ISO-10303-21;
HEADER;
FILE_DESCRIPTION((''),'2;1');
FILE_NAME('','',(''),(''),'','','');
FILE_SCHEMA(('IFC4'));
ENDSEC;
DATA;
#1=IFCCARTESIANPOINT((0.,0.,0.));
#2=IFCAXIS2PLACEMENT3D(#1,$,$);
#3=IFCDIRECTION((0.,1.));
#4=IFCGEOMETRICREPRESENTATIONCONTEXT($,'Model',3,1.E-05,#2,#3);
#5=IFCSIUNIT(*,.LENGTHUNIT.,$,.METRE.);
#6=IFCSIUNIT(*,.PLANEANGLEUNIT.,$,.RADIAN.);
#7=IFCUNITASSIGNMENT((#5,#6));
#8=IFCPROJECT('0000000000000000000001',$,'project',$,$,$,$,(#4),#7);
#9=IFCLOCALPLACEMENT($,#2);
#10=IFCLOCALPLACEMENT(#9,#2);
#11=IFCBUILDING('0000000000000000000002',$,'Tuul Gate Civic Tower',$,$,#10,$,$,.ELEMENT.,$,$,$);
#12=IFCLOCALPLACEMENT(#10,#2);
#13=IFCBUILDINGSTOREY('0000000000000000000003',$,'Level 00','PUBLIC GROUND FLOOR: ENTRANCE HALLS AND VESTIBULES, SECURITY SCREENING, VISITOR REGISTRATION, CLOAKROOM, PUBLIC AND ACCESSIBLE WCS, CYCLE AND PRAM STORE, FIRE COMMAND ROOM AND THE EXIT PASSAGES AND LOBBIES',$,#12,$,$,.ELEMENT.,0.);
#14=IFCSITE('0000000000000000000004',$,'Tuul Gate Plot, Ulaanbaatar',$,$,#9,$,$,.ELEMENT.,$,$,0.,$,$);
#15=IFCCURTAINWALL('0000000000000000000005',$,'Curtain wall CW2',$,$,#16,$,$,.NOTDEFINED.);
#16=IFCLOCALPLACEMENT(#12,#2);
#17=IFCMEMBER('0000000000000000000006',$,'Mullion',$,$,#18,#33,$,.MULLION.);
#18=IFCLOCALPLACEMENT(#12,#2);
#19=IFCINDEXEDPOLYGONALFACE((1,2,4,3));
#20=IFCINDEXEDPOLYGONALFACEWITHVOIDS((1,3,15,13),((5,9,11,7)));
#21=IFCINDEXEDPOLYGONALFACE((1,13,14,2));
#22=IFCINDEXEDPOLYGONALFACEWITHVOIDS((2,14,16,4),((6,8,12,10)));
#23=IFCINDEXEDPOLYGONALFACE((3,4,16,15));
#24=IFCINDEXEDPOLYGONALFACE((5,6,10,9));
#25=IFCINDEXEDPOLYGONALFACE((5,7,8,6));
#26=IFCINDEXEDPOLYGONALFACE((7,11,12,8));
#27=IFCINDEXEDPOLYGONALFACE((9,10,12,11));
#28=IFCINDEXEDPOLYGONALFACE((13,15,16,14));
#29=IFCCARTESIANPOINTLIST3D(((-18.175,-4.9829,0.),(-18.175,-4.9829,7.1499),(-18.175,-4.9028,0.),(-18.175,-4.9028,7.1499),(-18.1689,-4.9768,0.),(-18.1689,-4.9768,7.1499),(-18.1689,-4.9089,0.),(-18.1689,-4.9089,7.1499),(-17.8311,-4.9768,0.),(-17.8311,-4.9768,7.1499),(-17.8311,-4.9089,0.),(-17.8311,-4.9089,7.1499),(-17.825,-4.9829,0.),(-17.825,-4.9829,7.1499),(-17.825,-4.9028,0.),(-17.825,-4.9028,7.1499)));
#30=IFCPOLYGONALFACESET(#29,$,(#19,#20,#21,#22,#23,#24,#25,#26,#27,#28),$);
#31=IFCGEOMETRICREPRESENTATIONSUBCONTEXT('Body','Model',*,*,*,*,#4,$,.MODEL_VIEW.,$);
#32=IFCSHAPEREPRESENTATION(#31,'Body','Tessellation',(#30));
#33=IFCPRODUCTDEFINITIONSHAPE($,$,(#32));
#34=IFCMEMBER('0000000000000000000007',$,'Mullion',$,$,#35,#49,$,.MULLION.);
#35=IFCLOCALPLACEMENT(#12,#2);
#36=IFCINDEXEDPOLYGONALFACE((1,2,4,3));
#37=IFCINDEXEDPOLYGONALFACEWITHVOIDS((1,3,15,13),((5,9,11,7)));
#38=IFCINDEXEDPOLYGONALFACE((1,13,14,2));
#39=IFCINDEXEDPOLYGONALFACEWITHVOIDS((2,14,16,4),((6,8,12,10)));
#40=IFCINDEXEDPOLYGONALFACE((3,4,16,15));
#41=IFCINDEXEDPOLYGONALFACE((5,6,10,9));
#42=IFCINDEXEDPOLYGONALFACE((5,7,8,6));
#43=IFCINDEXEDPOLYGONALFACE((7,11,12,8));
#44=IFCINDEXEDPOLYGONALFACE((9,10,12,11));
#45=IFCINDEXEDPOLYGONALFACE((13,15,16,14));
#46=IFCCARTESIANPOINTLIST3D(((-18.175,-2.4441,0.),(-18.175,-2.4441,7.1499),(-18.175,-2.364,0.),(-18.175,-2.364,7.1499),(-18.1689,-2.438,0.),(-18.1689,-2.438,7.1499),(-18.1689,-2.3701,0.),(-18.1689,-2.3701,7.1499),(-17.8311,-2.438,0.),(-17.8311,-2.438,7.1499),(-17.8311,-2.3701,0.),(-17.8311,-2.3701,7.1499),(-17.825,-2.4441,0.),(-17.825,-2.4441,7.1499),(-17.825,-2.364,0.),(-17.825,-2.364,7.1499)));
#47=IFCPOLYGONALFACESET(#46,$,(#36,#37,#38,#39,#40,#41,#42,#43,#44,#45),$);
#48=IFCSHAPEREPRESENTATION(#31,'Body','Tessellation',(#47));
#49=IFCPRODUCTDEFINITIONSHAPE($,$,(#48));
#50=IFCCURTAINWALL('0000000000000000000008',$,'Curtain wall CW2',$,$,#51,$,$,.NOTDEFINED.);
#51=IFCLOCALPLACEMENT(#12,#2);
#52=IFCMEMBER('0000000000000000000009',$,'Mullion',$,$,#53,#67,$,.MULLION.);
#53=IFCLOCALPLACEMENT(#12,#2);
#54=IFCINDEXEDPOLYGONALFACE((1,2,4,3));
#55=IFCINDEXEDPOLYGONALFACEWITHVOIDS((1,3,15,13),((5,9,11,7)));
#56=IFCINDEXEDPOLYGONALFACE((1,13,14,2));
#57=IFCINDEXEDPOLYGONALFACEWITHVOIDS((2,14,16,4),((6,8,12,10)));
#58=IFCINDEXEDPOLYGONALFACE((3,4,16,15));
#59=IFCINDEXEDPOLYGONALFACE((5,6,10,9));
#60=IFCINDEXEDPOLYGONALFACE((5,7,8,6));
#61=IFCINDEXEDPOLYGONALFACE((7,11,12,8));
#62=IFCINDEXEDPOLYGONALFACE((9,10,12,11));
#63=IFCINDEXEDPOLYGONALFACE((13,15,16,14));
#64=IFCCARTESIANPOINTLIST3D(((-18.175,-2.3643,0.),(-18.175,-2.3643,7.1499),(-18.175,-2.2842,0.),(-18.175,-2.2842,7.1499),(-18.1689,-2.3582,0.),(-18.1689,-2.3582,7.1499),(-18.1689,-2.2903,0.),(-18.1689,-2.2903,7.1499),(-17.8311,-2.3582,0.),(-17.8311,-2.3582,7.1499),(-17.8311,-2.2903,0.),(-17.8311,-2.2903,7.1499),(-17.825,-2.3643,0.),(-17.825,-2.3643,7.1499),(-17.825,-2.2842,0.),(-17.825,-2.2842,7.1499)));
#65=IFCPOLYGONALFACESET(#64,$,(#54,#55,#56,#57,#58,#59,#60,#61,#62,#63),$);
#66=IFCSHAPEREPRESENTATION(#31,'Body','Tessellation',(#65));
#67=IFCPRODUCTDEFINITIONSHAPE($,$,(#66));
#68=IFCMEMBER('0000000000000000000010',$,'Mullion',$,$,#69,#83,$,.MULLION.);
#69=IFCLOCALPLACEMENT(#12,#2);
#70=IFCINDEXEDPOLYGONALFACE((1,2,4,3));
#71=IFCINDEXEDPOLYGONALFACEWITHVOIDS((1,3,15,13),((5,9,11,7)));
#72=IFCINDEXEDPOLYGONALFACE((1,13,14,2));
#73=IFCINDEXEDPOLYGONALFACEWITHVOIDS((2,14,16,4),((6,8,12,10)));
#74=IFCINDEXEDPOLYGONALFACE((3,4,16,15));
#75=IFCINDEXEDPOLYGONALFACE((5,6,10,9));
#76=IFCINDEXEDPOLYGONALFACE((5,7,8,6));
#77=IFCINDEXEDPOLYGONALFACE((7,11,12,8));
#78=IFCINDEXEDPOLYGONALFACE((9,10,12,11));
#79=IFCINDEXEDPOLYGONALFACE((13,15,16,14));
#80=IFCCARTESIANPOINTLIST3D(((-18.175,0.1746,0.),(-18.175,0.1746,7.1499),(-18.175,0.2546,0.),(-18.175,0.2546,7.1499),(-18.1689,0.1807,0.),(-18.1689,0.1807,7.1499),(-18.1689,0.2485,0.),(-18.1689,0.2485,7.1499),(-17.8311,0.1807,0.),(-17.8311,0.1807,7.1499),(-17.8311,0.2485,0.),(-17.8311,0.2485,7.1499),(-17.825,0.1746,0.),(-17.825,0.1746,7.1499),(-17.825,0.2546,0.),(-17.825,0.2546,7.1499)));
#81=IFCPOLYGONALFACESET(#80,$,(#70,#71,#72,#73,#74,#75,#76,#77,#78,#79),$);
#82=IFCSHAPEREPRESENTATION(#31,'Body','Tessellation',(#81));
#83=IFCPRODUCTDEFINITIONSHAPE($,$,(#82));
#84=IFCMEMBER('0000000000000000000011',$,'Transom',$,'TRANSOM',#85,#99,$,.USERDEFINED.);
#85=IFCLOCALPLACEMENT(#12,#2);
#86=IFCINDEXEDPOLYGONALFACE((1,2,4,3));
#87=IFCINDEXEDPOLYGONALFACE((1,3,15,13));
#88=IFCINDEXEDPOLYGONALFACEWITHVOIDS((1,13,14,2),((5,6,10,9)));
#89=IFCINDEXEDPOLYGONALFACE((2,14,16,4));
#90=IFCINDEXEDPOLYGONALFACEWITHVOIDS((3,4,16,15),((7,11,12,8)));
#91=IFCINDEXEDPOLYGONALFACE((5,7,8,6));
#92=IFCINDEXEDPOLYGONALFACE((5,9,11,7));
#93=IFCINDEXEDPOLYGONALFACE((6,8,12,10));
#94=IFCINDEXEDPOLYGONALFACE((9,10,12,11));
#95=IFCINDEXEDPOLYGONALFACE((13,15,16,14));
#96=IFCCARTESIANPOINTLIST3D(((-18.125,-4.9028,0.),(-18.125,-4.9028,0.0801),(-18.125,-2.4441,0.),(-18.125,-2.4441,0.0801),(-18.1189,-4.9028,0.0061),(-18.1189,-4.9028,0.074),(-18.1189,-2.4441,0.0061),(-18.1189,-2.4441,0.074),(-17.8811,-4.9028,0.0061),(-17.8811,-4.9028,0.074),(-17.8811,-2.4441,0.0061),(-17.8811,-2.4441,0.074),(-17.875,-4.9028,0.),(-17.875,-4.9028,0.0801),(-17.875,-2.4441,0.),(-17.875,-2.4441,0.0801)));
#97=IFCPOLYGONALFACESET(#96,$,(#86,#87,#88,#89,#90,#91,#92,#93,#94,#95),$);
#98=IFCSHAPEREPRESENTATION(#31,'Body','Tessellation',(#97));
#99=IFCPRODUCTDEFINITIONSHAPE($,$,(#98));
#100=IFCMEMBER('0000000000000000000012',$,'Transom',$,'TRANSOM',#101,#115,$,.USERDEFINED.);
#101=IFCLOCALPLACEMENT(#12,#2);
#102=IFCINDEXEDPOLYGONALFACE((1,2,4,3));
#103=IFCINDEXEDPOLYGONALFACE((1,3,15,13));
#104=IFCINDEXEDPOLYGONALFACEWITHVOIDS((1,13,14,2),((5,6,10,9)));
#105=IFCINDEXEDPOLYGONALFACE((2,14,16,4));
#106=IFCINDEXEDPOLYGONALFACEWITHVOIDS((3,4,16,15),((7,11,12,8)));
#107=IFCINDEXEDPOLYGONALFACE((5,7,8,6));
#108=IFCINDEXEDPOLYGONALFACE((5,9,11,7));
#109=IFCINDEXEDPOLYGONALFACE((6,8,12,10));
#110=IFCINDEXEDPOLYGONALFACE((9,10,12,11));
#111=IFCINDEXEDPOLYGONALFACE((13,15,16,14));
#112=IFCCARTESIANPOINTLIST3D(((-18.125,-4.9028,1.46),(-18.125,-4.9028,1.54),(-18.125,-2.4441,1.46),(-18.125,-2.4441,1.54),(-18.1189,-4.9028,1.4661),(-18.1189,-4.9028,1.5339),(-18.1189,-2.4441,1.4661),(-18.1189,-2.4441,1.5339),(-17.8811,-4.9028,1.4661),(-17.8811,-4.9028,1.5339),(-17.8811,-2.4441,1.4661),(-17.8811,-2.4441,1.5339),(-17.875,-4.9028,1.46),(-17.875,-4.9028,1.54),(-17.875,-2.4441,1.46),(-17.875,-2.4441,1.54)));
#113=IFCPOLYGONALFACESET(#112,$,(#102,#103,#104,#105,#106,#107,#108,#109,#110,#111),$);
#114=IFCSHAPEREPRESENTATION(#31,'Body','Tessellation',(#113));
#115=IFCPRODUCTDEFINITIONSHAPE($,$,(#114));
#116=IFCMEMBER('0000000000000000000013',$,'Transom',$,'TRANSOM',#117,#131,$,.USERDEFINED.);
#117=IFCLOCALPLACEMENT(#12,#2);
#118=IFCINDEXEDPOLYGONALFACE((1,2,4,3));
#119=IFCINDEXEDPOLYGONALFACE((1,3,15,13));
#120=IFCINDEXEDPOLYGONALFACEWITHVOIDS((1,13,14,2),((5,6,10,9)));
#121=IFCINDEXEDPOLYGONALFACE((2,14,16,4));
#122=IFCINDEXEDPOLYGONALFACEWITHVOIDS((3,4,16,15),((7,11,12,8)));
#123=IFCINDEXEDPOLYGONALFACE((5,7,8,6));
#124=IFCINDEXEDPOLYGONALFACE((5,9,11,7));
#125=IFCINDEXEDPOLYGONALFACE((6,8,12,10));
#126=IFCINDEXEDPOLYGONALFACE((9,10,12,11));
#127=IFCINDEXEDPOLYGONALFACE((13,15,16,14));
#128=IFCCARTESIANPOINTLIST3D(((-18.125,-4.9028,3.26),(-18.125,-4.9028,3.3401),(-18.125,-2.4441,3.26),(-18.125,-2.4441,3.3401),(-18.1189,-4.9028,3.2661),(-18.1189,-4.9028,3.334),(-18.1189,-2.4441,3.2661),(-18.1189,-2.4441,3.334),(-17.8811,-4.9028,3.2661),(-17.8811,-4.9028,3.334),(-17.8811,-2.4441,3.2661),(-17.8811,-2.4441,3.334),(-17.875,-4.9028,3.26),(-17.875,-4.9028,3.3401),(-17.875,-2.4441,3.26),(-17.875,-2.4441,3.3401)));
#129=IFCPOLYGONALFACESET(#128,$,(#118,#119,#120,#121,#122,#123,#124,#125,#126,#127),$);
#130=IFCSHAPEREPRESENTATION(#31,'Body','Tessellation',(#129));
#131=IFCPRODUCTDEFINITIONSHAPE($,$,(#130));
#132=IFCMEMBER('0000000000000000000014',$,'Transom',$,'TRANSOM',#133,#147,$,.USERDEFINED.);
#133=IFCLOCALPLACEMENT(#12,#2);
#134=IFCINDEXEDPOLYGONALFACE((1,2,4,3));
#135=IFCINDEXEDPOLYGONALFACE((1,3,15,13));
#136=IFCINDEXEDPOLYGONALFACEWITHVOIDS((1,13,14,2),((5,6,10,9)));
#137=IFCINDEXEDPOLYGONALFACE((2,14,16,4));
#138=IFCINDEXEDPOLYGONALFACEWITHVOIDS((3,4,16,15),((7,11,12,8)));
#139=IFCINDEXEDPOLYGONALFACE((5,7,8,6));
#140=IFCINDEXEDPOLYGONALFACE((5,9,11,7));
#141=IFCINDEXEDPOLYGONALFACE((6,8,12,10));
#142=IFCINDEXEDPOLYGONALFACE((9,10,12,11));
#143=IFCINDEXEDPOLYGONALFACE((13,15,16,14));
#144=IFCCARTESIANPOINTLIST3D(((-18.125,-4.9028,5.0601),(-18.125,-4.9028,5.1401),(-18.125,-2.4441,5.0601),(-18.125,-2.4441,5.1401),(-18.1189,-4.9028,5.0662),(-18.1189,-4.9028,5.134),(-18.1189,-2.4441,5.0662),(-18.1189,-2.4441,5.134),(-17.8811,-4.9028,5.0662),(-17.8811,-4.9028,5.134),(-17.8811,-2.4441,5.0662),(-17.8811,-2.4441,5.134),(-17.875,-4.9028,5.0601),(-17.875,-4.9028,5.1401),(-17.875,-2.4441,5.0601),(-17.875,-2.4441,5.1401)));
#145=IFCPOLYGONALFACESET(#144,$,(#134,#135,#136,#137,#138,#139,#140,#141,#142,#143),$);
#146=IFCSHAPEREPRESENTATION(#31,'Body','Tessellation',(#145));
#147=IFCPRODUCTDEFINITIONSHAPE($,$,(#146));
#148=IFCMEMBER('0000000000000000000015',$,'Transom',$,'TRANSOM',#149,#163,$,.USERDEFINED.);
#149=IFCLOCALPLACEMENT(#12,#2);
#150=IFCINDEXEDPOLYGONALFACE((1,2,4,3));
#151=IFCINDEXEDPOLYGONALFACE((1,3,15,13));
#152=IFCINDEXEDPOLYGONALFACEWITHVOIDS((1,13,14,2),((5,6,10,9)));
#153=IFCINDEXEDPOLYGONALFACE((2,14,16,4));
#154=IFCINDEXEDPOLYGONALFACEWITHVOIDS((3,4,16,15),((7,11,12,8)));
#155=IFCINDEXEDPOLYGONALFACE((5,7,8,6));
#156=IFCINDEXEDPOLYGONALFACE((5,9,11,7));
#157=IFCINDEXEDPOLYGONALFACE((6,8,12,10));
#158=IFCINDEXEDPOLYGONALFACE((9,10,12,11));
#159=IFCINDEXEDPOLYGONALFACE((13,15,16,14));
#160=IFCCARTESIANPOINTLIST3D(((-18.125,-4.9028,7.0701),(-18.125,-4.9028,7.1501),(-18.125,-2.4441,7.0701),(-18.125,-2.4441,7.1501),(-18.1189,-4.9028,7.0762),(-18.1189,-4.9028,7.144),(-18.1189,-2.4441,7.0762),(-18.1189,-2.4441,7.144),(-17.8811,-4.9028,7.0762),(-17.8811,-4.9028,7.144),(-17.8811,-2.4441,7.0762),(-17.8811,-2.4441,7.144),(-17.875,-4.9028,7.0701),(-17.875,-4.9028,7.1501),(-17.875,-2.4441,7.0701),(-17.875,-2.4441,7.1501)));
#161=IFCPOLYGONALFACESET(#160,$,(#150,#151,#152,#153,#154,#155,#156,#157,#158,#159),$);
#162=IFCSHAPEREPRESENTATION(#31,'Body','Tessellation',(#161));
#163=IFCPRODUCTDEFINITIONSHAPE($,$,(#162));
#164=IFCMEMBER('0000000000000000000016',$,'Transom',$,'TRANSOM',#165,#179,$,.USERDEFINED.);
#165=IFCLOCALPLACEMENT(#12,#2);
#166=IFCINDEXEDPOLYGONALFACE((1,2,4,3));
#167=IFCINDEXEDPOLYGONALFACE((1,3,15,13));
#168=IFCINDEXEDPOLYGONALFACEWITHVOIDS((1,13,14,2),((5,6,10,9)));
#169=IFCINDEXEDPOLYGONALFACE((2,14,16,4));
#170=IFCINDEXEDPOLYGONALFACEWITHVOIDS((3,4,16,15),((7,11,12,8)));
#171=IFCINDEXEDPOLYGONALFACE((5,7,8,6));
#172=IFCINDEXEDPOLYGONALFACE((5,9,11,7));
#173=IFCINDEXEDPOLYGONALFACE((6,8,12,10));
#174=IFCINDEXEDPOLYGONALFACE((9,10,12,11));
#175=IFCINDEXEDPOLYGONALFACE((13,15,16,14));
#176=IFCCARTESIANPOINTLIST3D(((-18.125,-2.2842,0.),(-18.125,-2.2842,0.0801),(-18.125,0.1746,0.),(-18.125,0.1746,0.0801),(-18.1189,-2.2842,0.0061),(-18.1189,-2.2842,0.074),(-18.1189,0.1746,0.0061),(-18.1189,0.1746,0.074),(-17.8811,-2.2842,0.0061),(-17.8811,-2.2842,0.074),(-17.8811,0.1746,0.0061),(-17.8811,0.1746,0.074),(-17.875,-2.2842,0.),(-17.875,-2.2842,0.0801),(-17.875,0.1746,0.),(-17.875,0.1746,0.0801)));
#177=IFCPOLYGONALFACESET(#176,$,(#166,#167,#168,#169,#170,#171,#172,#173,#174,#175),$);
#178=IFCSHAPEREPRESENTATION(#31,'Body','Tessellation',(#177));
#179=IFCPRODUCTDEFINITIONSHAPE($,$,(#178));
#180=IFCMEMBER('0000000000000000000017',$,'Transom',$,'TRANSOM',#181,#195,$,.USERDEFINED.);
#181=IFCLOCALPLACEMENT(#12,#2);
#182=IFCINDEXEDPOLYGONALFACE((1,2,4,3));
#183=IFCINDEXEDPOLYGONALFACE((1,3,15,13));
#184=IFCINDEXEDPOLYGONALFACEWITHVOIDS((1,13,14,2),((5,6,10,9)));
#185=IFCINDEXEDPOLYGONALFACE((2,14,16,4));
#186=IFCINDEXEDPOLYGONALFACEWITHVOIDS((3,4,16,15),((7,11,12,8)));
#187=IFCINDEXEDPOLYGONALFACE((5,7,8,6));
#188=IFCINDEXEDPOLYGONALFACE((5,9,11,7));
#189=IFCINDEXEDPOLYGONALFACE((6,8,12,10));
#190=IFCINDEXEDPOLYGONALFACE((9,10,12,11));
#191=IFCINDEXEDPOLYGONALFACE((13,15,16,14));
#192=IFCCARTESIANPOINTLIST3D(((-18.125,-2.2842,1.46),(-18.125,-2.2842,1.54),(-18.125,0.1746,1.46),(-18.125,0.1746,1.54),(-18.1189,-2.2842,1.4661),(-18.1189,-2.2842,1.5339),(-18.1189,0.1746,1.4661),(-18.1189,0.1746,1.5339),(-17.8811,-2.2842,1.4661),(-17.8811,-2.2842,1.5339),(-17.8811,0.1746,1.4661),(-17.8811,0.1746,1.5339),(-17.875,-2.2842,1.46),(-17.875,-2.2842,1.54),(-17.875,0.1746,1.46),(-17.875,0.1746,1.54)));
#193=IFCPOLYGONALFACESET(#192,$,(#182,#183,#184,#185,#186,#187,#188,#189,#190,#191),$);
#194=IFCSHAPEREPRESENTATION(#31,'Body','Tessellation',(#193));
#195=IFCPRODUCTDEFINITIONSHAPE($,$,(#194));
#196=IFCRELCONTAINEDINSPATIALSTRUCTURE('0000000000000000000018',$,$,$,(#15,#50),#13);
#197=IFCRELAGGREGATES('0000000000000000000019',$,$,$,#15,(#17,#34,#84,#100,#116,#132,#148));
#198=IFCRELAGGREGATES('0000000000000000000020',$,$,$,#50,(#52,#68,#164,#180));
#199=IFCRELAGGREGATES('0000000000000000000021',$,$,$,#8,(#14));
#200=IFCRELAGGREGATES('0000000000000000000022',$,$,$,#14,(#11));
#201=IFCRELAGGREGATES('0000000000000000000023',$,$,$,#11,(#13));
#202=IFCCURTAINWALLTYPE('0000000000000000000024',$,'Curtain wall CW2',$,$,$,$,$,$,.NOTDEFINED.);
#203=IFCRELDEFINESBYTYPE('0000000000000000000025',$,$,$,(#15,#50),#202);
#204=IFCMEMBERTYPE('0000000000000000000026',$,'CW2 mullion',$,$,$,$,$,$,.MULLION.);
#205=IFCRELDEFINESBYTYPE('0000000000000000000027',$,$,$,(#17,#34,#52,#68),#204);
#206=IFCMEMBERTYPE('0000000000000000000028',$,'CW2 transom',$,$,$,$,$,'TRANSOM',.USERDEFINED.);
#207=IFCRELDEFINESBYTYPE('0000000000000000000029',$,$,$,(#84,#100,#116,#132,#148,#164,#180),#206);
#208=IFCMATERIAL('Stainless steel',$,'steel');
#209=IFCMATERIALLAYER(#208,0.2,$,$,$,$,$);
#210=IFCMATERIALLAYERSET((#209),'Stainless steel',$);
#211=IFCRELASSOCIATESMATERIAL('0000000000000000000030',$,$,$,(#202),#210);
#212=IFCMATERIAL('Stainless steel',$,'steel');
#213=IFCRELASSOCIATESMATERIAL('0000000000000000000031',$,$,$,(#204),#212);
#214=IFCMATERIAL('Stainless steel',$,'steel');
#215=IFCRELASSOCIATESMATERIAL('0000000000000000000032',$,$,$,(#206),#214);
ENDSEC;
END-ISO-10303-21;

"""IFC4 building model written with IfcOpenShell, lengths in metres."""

from ifc_helpers import new_model, si_unit, direction, frame, origin, origin_2d, place, context, subcontext, project, spatial, hollow_rectangle, extrude, material, layer, layer_set, material_profile, profile_set, type_object, element, aggregate, save


model = new_model("IFC4")

# Units and contexts
model_context = context("Model", 3, precision=1e-05, world=origin(), true_north=direction((0.0, 1.0)))
body_context = subcontext(model_context, "Body", "Model", "MODEL_VIEW")
ifc_project = project(units=[si_unit("LENGTHUNIT", "METRE"), si_unit("PLANEANGLEUNIT", "RADIAN")], contexts=[model_context])

# Site, building, storey
site_placement = place(None, origin())
site = spatial("IfcSite", under=ifc_project, at=site_placement, Name="Tuul Gate Plot, Ulaanbaatar", CompositionType="ELEMENT", RefElevation=0.0)
building_placement = place(site_placement, origin())
building = spatial("IfcBuilding", under=site, at=building_placement, Name="Tuul Gate Civic Tower", CompositionType="ELEMENT")
storey_placement = place(building_placement, origin())
storey = spatial("IfcBuildingStorey", under=building, at=storey_placement, Name="Level 00", Description="PUBLIC GROUND FLOOR: ENTRANCE HALLS AND VESTIBULES, SECURITY SCREENING, VISITOR REGISTRATION, CLOAKROOM, PUBLIC AND ACCESSIBLE WCS, CYCLE AND PRAM STORE, FIRE COMMAND ROOM AND THE EXIT PASSAGES AND LOBBIES", CompositionType="ELEMENT", Elevation=0.0)

# Curtain walls, members
ifc_material_1 = material(Name="Stainless steel", Category="steel")
ifc_layer_1 = layer(ifc_material_1, 0.2)
ifc_layer_set_1 = layer_set([ifc_layer_1], Name="Stainless steel")
curtain_wall_type = type_object("IfcCurtainWallType", Name="Curtain wall CW2", PredefinedType="NOTDEFINED", material=ifc_layer_set_1)
curtain_wall_1_placement = place(storey_placement, origin())
curtain_wall_1 = element("IfcCurtainWall", 1, at=curtain_wall_1_placement, inside=storey, type_object=curtain_wall_type, Name="Curtain wall CW2", PredefinedType="NOTDEFINED")
ifc_material_2 = material(Name="Stainless steel", Category="steel")
ifc_material_profile_1 = material_profile(ifc_material_2, hollow_rectangle(XDim=0.3501, YDim=0.0801, WallThickness=0.0061, at=origin_2d()), Name="CW2 mullion")
ifc_profile_set_1 = profile_set([ifc_material_profile_1], Name="Stainless steel")
member_type_1 = type_object("IfcMemberType", Name="CW2 mullion", PredefinedType="MULLION", material=ifc_profile_set_1)
member_1_placement = place(storey_placement, frame((-18.0, -4.9429, 0.0), z_axis=(0.0, 0.0, 1.0), x_axis=(-1.0, 0.0, 0.0)))
member_1 = element("IfcMember", 2, at=member_1_placement, type_object=member_type_1, Name="Mullion", PredefinedType="MULLION", context=body_context, shape_type="SweptSolid", body=[
    extrude(hollow_rectangle(XDim=0.3501, YDim=0.0801, WallThickness=0.0061, at=origin_2d()), origin(), (0.0, 0.0, 1.0), 7.1499),
])
member_2_placement = place(storey_placement, frame((-18.0, -2.4041, 0.0), z_axis=(0.0, 0.0, 1.0), x_axis=(-1.0, 0.0, 0.0)))
member_2 = element("IfcMember", 3, at=member_2_placement, type_object=member_type_1, Name="Mullion", PredefinedType="MULLION", context=body_context, shape_type="SweptSolid", body=[
    extrude(hollow_rectangle(XDim=0.3501, YDim=0.0801, WallThickness=0.0061, at=origin_2d()), origin(), (0.0, 0.0, 1.0), 7.1499),
])
curtain_wall_2_placement = place(storey_placement, origin())
curtain_wall_2 = element("IfcCurtainWall", 4, at=curtain_wall_2_placement, inside=storey, type_object=curtain_wall_type, Name="Curtain wall CW2", PredefinedType="NOTDEFINED")
member_3_placement = place(storey_placement, frame((-18.0, -2.3242, 0.0), z_axis=(0.0, 0.0, 1.0), x_axis=(-1.0, 0.0, 0.0)))
member_3 = element("IfcMember", 5, at=member_3_placement, type_object=member_type_1, Name="Mullion", PredefinedType="MULLION", context=body_context, shape_type="SweptSolid", body=[
    extrude(hollow_rectangle(XDim=0.3501, YDim=0.0801, WallThickness=0.0061, at=origin_2d()), origin(), (0.0, 0.0, 1.0), 7.1499),
])
member_4_placement = place(storey_placement, frame((-18.0, 0.2146, 0.0), z_axis=(0.0, 0.0, 1.0), x_axis=(-1.0, 0.0, 0.0)))
member_4 = element("IfcMember", 6, at=member_4_placement, type_object=member_type_1, Name="Mullion", PredefinedType="MULLION", context=body_context, shape_type="SweptSolid", body=[
    extrude(hollow_rectangle(XDim=0.3501, YDim=0.0801, WallThickness=0.0061, at=origin_2d()), origin(), (0.0, 0.0, 1.0), 7.1499),
])

# Members
ifc_material_3 = material(Name="Stainless steel", Category="steel")
ifc_material_profile_2 = material_profile(ifc_material_3, hollow_rectangle(XDim=0.25, YDim=0.0801, WallThickness=0.0061, at=origin_2d()), Name="CW2 transom")
ifc_profile_set_2 = profile_set([ifc_material_profile_2], Name="Stainless steel")
member_type_2 = type_object("IfcMemberType", Name="CW2 transom", ElementType="TRANSOM", PredefinedType="USERDEFINED", material=ifc_profile_set_2)
member_5_placement = place(storey_placement, frame((-18.0, -4.9028, 0.04), z_axis=(0.0, 1.0, 0.0), x_axis=(-1.0, 0.0, 0.0)))
member_5 = element("IfcMember", 7, at=member_5_placement, type_object=member_type_2, Name="Transom", ObjectType="TRANSOM", PredefinedType="USERDEFINED", context=body_context, shape_type="SweptSolid", body=[
    extrude(hollow_rectangle(XDim=0.25, YDim=0.0801, WallThickness=0.0061, at=origin_2d()), origin(), (0.0, 0.0, 1.0), 2.4587),
])
member_6_placement = place(storey_placement, frame((-18.0, -4.9028, 1.5), z_axis=(0.0, 1.0, 0.0), x_axis=(-1.0, 0.0, 0.0)))
member_6 = element("IfcMember", 8, at=member_6_placement, type_object=member_type_2, Name="Transom", ObjectType="TRANSOM", PredefinedType="USERDEFINED", context=body_context, shape_type="SweptSolid", body=[
    extrude(hollow_rectangle(XDim=0.25, YDim=0.0801, WallThickness=0.0061, at=origin_2d()), origin(), (0.0, 0.0, 1.0), 2.4587),
])
member_7_placement = place(storey_placement, frame((-18.0, -4.9028, 3.3), z_axis=(0.0, 1.0, 0.0), x_axis=(-1.0, 0.0, 0.0)))
member_7 = element("IfcMember", 9, at=member_7_placement, type_object=member_type_2, Name="Transom", ObjectType="TRANSOM", PredefinedType="USERDEFINED", context=body_context, shape_type="SweptSolid", body=[
    extrude(hollow_rectangle(XDim=0.25, YDim=0.0801, WallThickness=0.0061, at=origin_2d()), origin(), (0.0, 0.0, 1.0), 2.4587),
])
member_8_placement = place(storey_placement, frame((-18.0, -4.9028, 5.1001), z_axis=(0.0, 1.0, 0.0), x_axis=(-1.0, 0.0, 0.0)))
member_8 = element("IfcMember", 10, at=member_8_placement, type_object=member_type_2, Name="Transom", ObjectType="TRANSOM", PredefinedType="USERDEFINED", context=body_context, shape_type="SweptSolid", body=[
    extrude(hollow_rectangle(XDim=0.25, YDim=0.0801, WallThickness=0.0061, at=origin_2d()), origin(), (0.0, 0.0, 1.0), 2.4587),
])
member_9_placement = place(storey_placement, frame((-18.0, -4.9028, 7.1101), z_axis=(0.0, 1.0, 0.0), x_axis=(-1.0, 0.0, 0.0)))
member_9 = element("IfcMember", 11, at=member_9_placement, type_object=member_type_2, Name="Transom", ObjectType="TRANSOM", PredefinedType="USERDEFINED", context=body_context, shape_type="SweptSolid", body=[
    extrude(hollow_rectangle(XDim=0.25, YDim=0.0801, WallThickness=0.0061, at=origin_2d()), origin(), (0.0, 0.0, 1.0), 2.4587),
])
member_10_placement = place(storey_placement, frame((-18.0, -2.2842, 0.04), z_axis=(0.0, 1.0, 0.0), x_axis=(-1.0, 0.0, 0.0)))
member_10 = element("IfcMember", 12, at=member_10_placement, type_object=member_type_2, Name="Transom", ObjectType="TRANSOM", PredefinedType="USERDEFINED", context=body_context, shape_type="SweptSolid", body=[
    extrude(hollow_rectangle(XDim=0.25, YDim=0.0801, WallThickness=0.0061, at=origin_2d()), origin(), (0.0, 0.0, 1.0), 2.4587),
])
member_11_placement = place(storey_placement, frame((-18.0, -2.2842, 1.5), z_axis=(0.0, 1.0, 0.0), x_axis=(-1.0, 0.0, 0.0)))
member_11 = element("IfcMember", 13, at=member_11_placement, type_object=member_type_2, Name="Transom", ObjectType="TRANSOM", PredefinedType="USERDEFINED", context=body_context, shape_type="SweptSolid", body=[
    extrude(hollow_rectangle(XDim=0.25, YDim=0.0801, WallThickness=0.0061, at=origin_2d()), origin(), (0.0, 0.0, 1.0), 2.4587),
])

aggregate(curtain_wall_1, [member_1, member_2, member_5, member_6, member_7, member_8, member_9])
aggregate(curtain_wall_2, [member_3, member_4, member_10, member_11])

save(model, "model.ifc")
